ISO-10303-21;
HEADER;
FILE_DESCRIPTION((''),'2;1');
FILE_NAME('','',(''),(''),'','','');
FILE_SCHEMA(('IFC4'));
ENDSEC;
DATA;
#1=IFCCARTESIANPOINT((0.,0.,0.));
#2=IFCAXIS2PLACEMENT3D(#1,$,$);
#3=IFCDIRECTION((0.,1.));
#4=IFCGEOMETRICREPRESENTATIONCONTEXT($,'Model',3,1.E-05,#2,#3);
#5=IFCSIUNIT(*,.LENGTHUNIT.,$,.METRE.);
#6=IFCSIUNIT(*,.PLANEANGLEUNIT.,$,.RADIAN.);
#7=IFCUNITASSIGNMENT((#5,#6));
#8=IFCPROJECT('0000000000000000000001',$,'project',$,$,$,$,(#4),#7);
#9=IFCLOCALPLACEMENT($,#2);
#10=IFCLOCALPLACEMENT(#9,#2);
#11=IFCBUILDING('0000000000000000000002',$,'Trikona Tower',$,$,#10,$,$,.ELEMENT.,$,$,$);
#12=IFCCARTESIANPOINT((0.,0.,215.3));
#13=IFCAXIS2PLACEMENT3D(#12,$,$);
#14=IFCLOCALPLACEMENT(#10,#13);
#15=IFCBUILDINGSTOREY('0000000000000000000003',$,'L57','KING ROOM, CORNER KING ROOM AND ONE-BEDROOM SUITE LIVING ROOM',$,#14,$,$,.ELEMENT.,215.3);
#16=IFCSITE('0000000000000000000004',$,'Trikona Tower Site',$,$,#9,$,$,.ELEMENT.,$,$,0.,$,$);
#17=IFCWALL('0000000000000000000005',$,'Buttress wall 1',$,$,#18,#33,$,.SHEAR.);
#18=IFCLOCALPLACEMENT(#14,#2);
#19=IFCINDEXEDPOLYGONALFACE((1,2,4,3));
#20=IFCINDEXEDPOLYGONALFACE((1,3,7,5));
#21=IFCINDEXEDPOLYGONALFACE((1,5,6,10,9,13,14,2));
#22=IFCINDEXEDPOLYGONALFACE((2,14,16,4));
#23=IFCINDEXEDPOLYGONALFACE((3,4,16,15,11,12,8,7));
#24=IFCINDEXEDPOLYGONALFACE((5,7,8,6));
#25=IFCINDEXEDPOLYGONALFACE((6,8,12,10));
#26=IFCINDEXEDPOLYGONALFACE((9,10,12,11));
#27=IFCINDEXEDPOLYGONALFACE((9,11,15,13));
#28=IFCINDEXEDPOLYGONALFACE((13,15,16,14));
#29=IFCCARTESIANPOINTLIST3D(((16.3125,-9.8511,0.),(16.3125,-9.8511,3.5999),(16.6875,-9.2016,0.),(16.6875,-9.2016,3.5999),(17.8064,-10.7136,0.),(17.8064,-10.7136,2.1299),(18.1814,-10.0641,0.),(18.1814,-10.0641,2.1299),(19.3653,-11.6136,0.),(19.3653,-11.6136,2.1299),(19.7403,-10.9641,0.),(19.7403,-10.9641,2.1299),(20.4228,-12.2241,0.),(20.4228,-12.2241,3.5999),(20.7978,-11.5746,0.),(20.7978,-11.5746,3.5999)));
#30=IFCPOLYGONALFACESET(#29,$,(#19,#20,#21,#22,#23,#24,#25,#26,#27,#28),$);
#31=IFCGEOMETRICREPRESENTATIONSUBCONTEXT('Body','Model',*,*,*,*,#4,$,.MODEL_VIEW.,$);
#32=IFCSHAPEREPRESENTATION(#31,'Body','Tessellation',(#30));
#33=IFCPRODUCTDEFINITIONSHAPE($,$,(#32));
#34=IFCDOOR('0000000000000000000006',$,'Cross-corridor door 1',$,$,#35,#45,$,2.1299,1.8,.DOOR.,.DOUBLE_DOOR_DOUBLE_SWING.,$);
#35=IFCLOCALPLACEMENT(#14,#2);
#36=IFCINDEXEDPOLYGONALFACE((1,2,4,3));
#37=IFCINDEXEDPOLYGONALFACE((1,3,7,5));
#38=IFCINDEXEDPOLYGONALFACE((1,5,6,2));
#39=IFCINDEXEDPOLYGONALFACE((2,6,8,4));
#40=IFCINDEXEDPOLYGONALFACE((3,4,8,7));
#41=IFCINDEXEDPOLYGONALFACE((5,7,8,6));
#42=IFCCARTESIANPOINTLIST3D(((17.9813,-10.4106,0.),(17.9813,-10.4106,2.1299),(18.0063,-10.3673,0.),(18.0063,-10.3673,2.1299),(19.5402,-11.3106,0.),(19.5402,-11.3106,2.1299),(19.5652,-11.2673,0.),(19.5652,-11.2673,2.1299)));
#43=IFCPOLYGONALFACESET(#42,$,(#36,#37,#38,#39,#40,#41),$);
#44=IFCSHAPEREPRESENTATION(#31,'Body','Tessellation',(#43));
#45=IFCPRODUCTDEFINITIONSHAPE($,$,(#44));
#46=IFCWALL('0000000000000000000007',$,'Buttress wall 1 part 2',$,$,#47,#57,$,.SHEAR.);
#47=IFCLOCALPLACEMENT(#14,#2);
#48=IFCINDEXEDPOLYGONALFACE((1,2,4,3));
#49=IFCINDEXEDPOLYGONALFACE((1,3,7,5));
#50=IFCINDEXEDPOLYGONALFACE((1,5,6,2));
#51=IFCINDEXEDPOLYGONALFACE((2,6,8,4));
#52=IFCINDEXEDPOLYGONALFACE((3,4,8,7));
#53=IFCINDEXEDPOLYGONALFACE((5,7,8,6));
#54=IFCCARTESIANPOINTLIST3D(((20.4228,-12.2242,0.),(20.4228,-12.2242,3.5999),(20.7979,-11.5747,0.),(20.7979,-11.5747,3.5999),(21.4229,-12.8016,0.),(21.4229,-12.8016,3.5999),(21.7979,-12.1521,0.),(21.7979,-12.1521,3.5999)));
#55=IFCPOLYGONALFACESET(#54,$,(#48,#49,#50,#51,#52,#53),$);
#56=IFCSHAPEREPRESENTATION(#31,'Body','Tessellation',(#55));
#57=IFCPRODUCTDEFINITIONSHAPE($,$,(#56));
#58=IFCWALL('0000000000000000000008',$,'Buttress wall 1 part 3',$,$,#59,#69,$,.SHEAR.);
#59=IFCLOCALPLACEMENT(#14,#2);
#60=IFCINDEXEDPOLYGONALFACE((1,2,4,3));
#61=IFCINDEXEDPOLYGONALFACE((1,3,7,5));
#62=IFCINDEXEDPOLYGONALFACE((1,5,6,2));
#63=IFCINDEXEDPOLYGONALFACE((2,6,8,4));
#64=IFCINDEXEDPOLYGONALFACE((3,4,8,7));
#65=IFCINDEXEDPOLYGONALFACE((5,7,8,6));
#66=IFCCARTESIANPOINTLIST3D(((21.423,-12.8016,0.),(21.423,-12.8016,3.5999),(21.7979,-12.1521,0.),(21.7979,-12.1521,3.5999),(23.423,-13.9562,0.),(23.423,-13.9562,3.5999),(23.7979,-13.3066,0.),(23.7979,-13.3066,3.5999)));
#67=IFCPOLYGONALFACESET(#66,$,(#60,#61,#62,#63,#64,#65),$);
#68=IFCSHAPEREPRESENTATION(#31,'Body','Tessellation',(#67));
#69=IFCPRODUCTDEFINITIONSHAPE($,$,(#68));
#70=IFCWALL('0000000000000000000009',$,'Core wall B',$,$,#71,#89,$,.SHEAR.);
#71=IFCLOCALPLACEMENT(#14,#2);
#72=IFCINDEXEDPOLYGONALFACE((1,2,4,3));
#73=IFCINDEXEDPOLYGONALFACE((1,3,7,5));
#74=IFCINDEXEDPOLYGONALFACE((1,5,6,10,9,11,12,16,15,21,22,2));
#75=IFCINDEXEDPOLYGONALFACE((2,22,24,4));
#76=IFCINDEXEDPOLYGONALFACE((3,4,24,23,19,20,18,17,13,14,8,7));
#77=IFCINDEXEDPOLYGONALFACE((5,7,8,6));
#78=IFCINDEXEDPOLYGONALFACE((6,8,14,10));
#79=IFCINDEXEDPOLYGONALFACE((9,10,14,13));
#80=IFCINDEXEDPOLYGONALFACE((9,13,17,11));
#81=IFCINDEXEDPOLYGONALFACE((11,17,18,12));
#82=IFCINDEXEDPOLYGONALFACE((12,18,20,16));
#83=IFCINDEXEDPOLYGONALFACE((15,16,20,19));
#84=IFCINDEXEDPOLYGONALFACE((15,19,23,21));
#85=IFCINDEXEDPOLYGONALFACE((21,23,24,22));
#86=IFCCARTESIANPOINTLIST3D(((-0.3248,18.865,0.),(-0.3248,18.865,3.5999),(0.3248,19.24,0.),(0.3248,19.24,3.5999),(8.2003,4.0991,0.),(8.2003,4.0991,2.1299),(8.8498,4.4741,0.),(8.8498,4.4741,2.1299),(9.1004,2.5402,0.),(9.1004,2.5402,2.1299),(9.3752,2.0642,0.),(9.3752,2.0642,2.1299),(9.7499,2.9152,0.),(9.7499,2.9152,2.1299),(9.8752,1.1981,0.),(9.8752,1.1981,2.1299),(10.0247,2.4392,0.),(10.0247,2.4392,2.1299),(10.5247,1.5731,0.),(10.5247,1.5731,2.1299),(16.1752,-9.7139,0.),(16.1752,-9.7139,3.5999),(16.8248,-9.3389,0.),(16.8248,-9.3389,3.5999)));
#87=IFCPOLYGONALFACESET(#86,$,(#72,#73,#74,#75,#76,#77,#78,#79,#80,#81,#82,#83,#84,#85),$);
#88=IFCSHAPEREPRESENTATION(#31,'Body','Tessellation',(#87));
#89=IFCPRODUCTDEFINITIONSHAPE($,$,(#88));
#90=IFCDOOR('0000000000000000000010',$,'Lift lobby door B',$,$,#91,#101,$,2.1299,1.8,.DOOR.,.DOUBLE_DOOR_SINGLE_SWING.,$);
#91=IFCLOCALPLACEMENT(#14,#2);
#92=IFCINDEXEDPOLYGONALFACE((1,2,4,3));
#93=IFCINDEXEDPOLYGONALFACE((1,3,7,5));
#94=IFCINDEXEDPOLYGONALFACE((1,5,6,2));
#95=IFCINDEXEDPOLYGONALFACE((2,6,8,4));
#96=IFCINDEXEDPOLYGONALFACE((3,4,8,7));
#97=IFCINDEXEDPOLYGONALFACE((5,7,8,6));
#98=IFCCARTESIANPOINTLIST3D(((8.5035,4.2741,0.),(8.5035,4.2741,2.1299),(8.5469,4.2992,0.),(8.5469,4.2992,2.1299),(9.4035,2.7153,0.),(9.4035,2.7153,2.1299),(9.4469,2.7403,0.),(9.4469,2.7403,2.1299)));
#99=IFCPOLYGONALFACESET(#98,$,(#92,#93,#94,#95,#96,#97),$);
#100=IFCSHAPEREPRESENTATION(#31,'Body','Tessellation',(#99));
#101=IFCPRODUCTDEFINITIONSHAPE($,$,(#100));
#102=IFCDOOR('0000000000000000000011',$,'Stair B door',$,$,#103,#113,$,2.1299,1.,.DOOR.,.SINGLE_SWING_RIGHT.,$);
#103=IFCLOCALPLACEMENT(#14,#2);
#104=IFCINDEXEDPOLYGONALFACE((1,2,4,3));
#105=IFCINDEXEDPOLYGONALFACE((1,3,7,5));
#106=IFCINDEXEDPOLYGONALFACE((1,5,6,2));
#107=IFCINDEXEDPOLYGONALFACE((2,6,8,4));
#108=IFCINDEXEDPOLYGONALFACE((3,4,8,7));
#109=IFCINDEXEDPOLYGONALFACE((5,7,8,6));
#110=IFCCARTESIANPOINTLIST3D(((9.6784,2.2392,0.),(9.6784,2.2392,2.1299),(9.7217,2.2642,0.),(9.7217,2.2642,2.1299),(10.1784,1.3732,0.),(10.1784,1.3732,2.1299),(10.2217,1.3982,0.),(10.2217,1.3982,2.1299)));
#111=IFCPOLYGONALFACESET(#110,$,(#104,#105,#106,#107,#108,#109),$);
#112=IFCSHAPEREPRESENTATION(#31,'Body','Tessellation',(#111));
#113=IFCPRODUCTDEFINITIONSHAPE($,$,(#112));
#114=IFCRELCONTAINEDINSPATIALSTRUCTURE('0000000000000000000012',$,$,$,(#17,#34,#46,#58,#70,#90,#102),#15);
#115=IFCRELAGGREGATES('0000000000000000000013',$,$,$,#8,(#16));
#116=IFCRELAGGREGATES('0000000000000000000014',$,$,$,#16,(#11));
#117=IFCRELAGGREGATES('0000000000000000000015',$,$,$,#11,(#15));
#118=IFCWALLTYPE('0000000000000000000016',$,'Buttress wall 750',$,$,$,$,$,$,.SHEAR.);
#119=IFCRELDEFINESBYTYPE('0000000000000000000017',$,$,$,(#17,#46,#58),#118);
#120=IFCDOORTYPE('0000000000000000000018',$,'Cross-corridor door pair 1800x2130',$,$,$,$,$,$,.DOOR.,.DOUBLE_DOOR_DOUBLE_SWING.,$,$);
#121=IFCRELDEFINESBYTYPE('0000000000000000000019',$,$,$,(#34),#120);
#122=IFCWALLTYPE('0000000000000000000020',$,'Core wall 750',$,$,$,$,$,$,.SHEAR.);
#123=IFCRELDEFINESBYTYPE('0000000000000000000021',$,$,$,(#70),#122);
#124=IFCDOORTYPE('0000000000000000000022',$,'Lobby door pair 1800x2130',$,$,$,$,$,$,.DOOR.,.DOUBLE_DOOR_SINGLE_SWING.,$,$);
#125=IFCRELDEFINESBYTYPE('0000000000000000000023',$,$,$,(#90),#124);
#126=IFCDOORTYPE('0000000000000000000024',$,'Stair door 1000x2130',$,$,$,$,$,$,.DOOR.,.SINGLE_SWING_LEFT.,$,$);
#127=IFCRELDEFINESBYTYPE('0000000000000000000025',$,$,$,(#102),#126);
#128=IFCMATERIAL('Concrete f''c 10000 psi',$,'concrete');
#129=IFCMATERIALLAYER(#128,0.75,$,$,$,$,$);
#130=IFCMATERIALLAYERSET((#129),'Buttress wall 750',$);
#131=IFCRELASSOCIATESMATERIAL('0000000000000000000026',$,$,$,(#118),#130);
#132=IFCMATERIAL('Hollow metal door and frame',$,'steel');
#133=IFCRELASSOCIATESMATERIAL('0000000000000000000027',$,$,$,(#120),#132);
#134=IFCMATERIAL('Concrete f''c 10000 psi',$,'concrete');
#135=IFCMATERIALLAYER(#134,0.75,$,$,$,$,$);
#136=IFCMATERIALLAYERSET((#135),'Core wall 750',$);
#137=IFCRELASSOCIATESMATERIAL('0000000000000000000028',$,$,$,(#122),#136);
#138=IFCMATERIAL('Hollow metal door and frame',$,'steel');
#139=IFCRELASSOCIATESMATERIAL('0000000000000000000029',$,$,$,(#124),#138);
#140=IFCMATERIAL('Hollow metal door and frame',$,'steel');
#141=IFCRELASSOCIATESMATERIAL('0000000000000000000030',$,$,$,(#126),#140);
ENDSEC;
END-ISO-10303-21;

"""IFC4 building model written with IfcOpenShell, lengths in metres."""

from ifc_helpers import new_model, si_unit, direction, frame, frame_2d, origin, place, context, subcontext, project, spatial, rectangle, extrude, material, layer, layer_set, type_object, element, fill, save


model = new_model("IFC4")

# Units and contexts
model_context = context("Model", 3, precision=1e-05, world=origin(), true_north=direction((0.0, 1.0)))
body_context = subcontext(model_context, "Body", "Model", "MODEL_VIEW")
ifc_project = project(units=[si_unit("LENGTHUNIT", "METRE"), si_unit("PLANEANGLEUNIT", "RADIAN")], contexts=[model_context])

# Site, building, storey
site_placement = place(None, origin())
site = spatial("IfcSite", under=ifc_project, at=site_placement, Name="Trikona Tower Site", CompositionType="ELEMENT", RefElevation=0.0)
building_placement = place(site_placement, origin())
building = spatial("IfcBuilding", under=site, at=building_placement, Name="Trikona Tower", CompositionType="ELEMENT")
storey_placement = place(building_placement, frame((0.0, 0.0, 215.3)))
storey = spatial("IfcBuildingStorey", under=building, at=storey_placement, Name="L57", Description="KING ROOM, CORNER KING ROOM AND ONE-BEDROOM SUITE LIVING ROOM", CompositionType="ELEMENT", Elevation=215.3)

# Wall, opening, door
ifc_material_1 = material(Name="Concrete f'c 10000 psi", Category="concrete")
ifc_layer_1 = layer(ifc_material_1, 0.75)
ifc_layer_set_1 = layer_set([ifc_layer_1], Name="Buttress wall 750")
wall_type_1 = type_object("IfcWallType", Name="Buttress wall 750", PredefinedType="SHEAR", material=ifc_layer_set_1)
wall_1_placement = place(storey_placement, frame((16.5, -9.5264, 0.0), z_axis=(0.0, 0.0, 1.0), x_axis=(0.866031, -0.49999, 0.0)))
wall_1 = element("IfcWall", 1, at=wall_1_placement, inside=storey, type_object=wall_type_1, Name="Buttress wall 1", PredefinedType="SHEAR", context=body_context, shape_type="SweptSolid", body=[
    extrude(rectangle(XDim=4.7461, YDim=0.75, at=frame_2d((2.373, 0.0))), origin(), (0.0, 0.0, 1.0), 3.5999),
])
opening_1_placement = place(wall_1_placement, frame((1.7251, 0.0, 0.0)))
opening_1 = element("IfcOpeningElement", 2, at=opening_1_placement, cuts=wall_1, PredefinedType="OPENING", context=body_context, shape_type="SweptSolid", body=[
    extrude(rectangle(XDim=1.8, YDim=2.1299, at=frame_2d((0.8999, 1.0649))), frame((0.0, 0.385, 0.0), z_axis=(0.0, -1.0, 0.0), x_axis=(1.0, 0.0, 0.0)), (0.0, 0.0, 1.0), 0.77),
])
ifc_material_2 = material(Name="Hollow metal door and frame", Category="steel")
door_type_1 = type_object("IfcDoorType", Name="Cross-corridor door pair 1800x2130", OperationType="DOUBLE_DOOR_DOUBLE_SWING", PredefinedType="DOOR", material=ifc_material_2)
door_1_placement = place(opening_1_placement, origin())
door_1 = element("IfcDoor", 3, at=door_1_placement, inside=storey, type_object=door_type_1, Name="Cross-corridor door 1", OperationType="DOUBLE_DOOR_DOUBLE_SWING", OverallHeight=2.1299, OverallWidth=1.8, PredefinedType="DOOR", context=body_context, shape_type="SweptSolid", body=[
    extrude(rectangle(XDim=1.8, YDim=2.1299, at=frame_2d((0.8999, 1.0649))), frame((0.0, 0.0249, 0.0), z_axis=(0.0, -1.0, 0.0), x_axis=(1.0, 0.0, 0.0)), (0.0, 0.0, 1.0), 0.05),
])
fill(opening_1, door_1)

# Walls
wall_2_placement = place(storey_placement, frame((20.6104, -11.8994, 0.0), z_axis=(0.0, 0.0, 1.0), x_axis=(0.86601, -0.500027, 0.0)))
element("IfcWall", 4, at=wall_2_placement, inside=storey, type_object=wall_type_1, Name="Buttress wall 1 part 2", PredefinedType="SHEAR", context=body_context, shape_type="SweptSolid", body=[
    extrude(rectangle(XDim=1.1548, YDim=0.75, at=frame_2d((0.5774, 0.0))), origin(), (0.0, 0.0, 1.0), 3.5999),
])
wall_3_placement = place(storey_placement, frame((21.6104, -12.4768, 0.0), z_axis=(0.0, 0.0, 1.0), x_axis=(0.866055, -0.499948, 0.0)))
element("IfcWall", 5, at=wall_3_placement, inside=storey, type_object=wall_type_1, Name="Buttress wall 1 part 3", PredefinedType="SHEAR", context=body_context, shape_type="SweptSolid", body=[
    extrude(rectangle(XDim=2.3093, YDim=0.75, at=frame_2d((1.1548, 0.0))), origin(), (0.0, 0.0, 1.0), 3.5999),
])

# Wall, openings, doors
ifc_material_3 = material(Name="Concrete f'c 10000 psi", Category="concrete")
ifc_layer_2 = layer(ifc_material_3, 0.75)
ifc_layer_set_2 = layer_set([ifc_layer_2], Name="Core wall 750")
wall_type_2 = type_object("IfcWallType", Name="Core wall 750", PredefinedType="SHEAR", material=ifc_layer_set_2)
wall_4_placement = place(storey_placement, frame((16.5, -9.5264, 0.0), z_axis=(0.0, 0.0, 1.0), x_axis=(-0.5, 0.866026, 0.0)))
wall_4 = element("IfcWall", 6, at=wall_4_placement, inside=storey, type_object=wall_type_2, Name="Core wall B", PredefinedType="SHEAR", context=body_context, shape_type="SweptSolid", body=[
    extrude(rectangle(XDim=33.0, YDim=0.75, at=frame_2d((16.5, 0.0))), origin(), (0.0, 0.0, 1.0), 3.5999),
])
opening_2_placement = place(wall_4_placement, frame((14.1499, 0.0, 0.0)))
opening_2 = element("IfcOpeningElement", 7, at=opening_2_placement, cuts=wall_4, PredefinedType="OPENING", context=body_context, shape_type="SweptSolid", body=[
    extrude(rectangle(XDim=1.8, YDim=2.1299, at=frame_2d((0.8999, 1.0649))), frame((0.0, 0.385, 0.0), z_axis=(0.0, -1.0, 0.0), x_axis=(1.0, 0.0, 0.0)), (0.0, 0.0, 1.0), 0.77),
])
opening_3_placement = place(wall_4_placement, frame((12.6001, 0.0, 0.0)))
opening_3 = element("IfcOpeningElement", 8, at=opening_3_placement, cuts=wall_4, PredefinedType="OPENING", context=body_context, shape_type="SweptSolid", body=[
    extrude(rectangle(XDim=1.0, YDim=2.1299, at=frame_2d((0.5, 1.0649))), frame((0.0, 0.385, 0.0), z_axis=(0.0, -1.0, 0.0), x_axis=(1.0, 0.0, 0.0)), (0.0, 0.0, 1.0), 0.77),
])
ifc_material_4 = material(Name="Hollow metal door and frame", Category="steel")
door_type_2 = type_object("IfcDoorType", Name="Lobby door pair 1800x2130", OperationType="DOUBLE_DOOR_SINGLE_SWING", PredefinedType="DOOR", material=ifc_material_4)
door_2_placement = place(opening_2_placement, origin())
door_2 = element("IfcDoor", 9, at=door_2_placement, inside=storey, type_object=door_type_2, Name="Lift lobby door B", OperationType="DOUBLE_DOOR_SINGLE_SWING", OverallHeight=2.1299, OverallWidth=1.8, PredefinedType="DOOR", context=body_context, shape_type="SweptSolid", body=[
    extrude(rectangle(XDim=1.8, YDim=2.1299, at=frame_2d((0.8999, 1.0649))), frame((0.0, 0.0249, 0.0), z_axis=(0.0, -1.0, 0.0), x_axis=(1.0, 0.0, 0.0)), (0.0, 0.0, 1.0), 0.05),
])
fill(opening_2, door_2)
ifc_material_5 = material(Name="Hollow metal door and frame", Category="steel")
door_type_3 = type_object("IfcDoorType", Name="Stair door 1000x2130", OperationType="SINGLE_SWING_LEFT", PredefinedType="DOOR", material=ifc_material_5)
door_3_placement = place(opening_3_placement, origin())
door_3 = element("IfcDoor", 10, at=door_3_placement, inside=storey, type_object=door_type_3, Name="Stair B door", OperationType="SINGLE_SWING_RIGHT", OverallHeight=2.1299, OverallWidth=1.0, PredefinedType="DOOR", context=body_context, shape_type="SweptSolid", body=[
    extrude(rectangle(XDim=1.0, YDim=2.1299, at=frame_2d((0.5, 1.0649))), frame((0.0, 0.0249, 0.0), z_axis=(0.0, -1.0, 0.0), x_axis=(1.0, 0.0, 0.0)), (0.0, 0.0, 1.0), 0.05),
])
fill(opening_3, door_3)

save(model, "model.ifc")
